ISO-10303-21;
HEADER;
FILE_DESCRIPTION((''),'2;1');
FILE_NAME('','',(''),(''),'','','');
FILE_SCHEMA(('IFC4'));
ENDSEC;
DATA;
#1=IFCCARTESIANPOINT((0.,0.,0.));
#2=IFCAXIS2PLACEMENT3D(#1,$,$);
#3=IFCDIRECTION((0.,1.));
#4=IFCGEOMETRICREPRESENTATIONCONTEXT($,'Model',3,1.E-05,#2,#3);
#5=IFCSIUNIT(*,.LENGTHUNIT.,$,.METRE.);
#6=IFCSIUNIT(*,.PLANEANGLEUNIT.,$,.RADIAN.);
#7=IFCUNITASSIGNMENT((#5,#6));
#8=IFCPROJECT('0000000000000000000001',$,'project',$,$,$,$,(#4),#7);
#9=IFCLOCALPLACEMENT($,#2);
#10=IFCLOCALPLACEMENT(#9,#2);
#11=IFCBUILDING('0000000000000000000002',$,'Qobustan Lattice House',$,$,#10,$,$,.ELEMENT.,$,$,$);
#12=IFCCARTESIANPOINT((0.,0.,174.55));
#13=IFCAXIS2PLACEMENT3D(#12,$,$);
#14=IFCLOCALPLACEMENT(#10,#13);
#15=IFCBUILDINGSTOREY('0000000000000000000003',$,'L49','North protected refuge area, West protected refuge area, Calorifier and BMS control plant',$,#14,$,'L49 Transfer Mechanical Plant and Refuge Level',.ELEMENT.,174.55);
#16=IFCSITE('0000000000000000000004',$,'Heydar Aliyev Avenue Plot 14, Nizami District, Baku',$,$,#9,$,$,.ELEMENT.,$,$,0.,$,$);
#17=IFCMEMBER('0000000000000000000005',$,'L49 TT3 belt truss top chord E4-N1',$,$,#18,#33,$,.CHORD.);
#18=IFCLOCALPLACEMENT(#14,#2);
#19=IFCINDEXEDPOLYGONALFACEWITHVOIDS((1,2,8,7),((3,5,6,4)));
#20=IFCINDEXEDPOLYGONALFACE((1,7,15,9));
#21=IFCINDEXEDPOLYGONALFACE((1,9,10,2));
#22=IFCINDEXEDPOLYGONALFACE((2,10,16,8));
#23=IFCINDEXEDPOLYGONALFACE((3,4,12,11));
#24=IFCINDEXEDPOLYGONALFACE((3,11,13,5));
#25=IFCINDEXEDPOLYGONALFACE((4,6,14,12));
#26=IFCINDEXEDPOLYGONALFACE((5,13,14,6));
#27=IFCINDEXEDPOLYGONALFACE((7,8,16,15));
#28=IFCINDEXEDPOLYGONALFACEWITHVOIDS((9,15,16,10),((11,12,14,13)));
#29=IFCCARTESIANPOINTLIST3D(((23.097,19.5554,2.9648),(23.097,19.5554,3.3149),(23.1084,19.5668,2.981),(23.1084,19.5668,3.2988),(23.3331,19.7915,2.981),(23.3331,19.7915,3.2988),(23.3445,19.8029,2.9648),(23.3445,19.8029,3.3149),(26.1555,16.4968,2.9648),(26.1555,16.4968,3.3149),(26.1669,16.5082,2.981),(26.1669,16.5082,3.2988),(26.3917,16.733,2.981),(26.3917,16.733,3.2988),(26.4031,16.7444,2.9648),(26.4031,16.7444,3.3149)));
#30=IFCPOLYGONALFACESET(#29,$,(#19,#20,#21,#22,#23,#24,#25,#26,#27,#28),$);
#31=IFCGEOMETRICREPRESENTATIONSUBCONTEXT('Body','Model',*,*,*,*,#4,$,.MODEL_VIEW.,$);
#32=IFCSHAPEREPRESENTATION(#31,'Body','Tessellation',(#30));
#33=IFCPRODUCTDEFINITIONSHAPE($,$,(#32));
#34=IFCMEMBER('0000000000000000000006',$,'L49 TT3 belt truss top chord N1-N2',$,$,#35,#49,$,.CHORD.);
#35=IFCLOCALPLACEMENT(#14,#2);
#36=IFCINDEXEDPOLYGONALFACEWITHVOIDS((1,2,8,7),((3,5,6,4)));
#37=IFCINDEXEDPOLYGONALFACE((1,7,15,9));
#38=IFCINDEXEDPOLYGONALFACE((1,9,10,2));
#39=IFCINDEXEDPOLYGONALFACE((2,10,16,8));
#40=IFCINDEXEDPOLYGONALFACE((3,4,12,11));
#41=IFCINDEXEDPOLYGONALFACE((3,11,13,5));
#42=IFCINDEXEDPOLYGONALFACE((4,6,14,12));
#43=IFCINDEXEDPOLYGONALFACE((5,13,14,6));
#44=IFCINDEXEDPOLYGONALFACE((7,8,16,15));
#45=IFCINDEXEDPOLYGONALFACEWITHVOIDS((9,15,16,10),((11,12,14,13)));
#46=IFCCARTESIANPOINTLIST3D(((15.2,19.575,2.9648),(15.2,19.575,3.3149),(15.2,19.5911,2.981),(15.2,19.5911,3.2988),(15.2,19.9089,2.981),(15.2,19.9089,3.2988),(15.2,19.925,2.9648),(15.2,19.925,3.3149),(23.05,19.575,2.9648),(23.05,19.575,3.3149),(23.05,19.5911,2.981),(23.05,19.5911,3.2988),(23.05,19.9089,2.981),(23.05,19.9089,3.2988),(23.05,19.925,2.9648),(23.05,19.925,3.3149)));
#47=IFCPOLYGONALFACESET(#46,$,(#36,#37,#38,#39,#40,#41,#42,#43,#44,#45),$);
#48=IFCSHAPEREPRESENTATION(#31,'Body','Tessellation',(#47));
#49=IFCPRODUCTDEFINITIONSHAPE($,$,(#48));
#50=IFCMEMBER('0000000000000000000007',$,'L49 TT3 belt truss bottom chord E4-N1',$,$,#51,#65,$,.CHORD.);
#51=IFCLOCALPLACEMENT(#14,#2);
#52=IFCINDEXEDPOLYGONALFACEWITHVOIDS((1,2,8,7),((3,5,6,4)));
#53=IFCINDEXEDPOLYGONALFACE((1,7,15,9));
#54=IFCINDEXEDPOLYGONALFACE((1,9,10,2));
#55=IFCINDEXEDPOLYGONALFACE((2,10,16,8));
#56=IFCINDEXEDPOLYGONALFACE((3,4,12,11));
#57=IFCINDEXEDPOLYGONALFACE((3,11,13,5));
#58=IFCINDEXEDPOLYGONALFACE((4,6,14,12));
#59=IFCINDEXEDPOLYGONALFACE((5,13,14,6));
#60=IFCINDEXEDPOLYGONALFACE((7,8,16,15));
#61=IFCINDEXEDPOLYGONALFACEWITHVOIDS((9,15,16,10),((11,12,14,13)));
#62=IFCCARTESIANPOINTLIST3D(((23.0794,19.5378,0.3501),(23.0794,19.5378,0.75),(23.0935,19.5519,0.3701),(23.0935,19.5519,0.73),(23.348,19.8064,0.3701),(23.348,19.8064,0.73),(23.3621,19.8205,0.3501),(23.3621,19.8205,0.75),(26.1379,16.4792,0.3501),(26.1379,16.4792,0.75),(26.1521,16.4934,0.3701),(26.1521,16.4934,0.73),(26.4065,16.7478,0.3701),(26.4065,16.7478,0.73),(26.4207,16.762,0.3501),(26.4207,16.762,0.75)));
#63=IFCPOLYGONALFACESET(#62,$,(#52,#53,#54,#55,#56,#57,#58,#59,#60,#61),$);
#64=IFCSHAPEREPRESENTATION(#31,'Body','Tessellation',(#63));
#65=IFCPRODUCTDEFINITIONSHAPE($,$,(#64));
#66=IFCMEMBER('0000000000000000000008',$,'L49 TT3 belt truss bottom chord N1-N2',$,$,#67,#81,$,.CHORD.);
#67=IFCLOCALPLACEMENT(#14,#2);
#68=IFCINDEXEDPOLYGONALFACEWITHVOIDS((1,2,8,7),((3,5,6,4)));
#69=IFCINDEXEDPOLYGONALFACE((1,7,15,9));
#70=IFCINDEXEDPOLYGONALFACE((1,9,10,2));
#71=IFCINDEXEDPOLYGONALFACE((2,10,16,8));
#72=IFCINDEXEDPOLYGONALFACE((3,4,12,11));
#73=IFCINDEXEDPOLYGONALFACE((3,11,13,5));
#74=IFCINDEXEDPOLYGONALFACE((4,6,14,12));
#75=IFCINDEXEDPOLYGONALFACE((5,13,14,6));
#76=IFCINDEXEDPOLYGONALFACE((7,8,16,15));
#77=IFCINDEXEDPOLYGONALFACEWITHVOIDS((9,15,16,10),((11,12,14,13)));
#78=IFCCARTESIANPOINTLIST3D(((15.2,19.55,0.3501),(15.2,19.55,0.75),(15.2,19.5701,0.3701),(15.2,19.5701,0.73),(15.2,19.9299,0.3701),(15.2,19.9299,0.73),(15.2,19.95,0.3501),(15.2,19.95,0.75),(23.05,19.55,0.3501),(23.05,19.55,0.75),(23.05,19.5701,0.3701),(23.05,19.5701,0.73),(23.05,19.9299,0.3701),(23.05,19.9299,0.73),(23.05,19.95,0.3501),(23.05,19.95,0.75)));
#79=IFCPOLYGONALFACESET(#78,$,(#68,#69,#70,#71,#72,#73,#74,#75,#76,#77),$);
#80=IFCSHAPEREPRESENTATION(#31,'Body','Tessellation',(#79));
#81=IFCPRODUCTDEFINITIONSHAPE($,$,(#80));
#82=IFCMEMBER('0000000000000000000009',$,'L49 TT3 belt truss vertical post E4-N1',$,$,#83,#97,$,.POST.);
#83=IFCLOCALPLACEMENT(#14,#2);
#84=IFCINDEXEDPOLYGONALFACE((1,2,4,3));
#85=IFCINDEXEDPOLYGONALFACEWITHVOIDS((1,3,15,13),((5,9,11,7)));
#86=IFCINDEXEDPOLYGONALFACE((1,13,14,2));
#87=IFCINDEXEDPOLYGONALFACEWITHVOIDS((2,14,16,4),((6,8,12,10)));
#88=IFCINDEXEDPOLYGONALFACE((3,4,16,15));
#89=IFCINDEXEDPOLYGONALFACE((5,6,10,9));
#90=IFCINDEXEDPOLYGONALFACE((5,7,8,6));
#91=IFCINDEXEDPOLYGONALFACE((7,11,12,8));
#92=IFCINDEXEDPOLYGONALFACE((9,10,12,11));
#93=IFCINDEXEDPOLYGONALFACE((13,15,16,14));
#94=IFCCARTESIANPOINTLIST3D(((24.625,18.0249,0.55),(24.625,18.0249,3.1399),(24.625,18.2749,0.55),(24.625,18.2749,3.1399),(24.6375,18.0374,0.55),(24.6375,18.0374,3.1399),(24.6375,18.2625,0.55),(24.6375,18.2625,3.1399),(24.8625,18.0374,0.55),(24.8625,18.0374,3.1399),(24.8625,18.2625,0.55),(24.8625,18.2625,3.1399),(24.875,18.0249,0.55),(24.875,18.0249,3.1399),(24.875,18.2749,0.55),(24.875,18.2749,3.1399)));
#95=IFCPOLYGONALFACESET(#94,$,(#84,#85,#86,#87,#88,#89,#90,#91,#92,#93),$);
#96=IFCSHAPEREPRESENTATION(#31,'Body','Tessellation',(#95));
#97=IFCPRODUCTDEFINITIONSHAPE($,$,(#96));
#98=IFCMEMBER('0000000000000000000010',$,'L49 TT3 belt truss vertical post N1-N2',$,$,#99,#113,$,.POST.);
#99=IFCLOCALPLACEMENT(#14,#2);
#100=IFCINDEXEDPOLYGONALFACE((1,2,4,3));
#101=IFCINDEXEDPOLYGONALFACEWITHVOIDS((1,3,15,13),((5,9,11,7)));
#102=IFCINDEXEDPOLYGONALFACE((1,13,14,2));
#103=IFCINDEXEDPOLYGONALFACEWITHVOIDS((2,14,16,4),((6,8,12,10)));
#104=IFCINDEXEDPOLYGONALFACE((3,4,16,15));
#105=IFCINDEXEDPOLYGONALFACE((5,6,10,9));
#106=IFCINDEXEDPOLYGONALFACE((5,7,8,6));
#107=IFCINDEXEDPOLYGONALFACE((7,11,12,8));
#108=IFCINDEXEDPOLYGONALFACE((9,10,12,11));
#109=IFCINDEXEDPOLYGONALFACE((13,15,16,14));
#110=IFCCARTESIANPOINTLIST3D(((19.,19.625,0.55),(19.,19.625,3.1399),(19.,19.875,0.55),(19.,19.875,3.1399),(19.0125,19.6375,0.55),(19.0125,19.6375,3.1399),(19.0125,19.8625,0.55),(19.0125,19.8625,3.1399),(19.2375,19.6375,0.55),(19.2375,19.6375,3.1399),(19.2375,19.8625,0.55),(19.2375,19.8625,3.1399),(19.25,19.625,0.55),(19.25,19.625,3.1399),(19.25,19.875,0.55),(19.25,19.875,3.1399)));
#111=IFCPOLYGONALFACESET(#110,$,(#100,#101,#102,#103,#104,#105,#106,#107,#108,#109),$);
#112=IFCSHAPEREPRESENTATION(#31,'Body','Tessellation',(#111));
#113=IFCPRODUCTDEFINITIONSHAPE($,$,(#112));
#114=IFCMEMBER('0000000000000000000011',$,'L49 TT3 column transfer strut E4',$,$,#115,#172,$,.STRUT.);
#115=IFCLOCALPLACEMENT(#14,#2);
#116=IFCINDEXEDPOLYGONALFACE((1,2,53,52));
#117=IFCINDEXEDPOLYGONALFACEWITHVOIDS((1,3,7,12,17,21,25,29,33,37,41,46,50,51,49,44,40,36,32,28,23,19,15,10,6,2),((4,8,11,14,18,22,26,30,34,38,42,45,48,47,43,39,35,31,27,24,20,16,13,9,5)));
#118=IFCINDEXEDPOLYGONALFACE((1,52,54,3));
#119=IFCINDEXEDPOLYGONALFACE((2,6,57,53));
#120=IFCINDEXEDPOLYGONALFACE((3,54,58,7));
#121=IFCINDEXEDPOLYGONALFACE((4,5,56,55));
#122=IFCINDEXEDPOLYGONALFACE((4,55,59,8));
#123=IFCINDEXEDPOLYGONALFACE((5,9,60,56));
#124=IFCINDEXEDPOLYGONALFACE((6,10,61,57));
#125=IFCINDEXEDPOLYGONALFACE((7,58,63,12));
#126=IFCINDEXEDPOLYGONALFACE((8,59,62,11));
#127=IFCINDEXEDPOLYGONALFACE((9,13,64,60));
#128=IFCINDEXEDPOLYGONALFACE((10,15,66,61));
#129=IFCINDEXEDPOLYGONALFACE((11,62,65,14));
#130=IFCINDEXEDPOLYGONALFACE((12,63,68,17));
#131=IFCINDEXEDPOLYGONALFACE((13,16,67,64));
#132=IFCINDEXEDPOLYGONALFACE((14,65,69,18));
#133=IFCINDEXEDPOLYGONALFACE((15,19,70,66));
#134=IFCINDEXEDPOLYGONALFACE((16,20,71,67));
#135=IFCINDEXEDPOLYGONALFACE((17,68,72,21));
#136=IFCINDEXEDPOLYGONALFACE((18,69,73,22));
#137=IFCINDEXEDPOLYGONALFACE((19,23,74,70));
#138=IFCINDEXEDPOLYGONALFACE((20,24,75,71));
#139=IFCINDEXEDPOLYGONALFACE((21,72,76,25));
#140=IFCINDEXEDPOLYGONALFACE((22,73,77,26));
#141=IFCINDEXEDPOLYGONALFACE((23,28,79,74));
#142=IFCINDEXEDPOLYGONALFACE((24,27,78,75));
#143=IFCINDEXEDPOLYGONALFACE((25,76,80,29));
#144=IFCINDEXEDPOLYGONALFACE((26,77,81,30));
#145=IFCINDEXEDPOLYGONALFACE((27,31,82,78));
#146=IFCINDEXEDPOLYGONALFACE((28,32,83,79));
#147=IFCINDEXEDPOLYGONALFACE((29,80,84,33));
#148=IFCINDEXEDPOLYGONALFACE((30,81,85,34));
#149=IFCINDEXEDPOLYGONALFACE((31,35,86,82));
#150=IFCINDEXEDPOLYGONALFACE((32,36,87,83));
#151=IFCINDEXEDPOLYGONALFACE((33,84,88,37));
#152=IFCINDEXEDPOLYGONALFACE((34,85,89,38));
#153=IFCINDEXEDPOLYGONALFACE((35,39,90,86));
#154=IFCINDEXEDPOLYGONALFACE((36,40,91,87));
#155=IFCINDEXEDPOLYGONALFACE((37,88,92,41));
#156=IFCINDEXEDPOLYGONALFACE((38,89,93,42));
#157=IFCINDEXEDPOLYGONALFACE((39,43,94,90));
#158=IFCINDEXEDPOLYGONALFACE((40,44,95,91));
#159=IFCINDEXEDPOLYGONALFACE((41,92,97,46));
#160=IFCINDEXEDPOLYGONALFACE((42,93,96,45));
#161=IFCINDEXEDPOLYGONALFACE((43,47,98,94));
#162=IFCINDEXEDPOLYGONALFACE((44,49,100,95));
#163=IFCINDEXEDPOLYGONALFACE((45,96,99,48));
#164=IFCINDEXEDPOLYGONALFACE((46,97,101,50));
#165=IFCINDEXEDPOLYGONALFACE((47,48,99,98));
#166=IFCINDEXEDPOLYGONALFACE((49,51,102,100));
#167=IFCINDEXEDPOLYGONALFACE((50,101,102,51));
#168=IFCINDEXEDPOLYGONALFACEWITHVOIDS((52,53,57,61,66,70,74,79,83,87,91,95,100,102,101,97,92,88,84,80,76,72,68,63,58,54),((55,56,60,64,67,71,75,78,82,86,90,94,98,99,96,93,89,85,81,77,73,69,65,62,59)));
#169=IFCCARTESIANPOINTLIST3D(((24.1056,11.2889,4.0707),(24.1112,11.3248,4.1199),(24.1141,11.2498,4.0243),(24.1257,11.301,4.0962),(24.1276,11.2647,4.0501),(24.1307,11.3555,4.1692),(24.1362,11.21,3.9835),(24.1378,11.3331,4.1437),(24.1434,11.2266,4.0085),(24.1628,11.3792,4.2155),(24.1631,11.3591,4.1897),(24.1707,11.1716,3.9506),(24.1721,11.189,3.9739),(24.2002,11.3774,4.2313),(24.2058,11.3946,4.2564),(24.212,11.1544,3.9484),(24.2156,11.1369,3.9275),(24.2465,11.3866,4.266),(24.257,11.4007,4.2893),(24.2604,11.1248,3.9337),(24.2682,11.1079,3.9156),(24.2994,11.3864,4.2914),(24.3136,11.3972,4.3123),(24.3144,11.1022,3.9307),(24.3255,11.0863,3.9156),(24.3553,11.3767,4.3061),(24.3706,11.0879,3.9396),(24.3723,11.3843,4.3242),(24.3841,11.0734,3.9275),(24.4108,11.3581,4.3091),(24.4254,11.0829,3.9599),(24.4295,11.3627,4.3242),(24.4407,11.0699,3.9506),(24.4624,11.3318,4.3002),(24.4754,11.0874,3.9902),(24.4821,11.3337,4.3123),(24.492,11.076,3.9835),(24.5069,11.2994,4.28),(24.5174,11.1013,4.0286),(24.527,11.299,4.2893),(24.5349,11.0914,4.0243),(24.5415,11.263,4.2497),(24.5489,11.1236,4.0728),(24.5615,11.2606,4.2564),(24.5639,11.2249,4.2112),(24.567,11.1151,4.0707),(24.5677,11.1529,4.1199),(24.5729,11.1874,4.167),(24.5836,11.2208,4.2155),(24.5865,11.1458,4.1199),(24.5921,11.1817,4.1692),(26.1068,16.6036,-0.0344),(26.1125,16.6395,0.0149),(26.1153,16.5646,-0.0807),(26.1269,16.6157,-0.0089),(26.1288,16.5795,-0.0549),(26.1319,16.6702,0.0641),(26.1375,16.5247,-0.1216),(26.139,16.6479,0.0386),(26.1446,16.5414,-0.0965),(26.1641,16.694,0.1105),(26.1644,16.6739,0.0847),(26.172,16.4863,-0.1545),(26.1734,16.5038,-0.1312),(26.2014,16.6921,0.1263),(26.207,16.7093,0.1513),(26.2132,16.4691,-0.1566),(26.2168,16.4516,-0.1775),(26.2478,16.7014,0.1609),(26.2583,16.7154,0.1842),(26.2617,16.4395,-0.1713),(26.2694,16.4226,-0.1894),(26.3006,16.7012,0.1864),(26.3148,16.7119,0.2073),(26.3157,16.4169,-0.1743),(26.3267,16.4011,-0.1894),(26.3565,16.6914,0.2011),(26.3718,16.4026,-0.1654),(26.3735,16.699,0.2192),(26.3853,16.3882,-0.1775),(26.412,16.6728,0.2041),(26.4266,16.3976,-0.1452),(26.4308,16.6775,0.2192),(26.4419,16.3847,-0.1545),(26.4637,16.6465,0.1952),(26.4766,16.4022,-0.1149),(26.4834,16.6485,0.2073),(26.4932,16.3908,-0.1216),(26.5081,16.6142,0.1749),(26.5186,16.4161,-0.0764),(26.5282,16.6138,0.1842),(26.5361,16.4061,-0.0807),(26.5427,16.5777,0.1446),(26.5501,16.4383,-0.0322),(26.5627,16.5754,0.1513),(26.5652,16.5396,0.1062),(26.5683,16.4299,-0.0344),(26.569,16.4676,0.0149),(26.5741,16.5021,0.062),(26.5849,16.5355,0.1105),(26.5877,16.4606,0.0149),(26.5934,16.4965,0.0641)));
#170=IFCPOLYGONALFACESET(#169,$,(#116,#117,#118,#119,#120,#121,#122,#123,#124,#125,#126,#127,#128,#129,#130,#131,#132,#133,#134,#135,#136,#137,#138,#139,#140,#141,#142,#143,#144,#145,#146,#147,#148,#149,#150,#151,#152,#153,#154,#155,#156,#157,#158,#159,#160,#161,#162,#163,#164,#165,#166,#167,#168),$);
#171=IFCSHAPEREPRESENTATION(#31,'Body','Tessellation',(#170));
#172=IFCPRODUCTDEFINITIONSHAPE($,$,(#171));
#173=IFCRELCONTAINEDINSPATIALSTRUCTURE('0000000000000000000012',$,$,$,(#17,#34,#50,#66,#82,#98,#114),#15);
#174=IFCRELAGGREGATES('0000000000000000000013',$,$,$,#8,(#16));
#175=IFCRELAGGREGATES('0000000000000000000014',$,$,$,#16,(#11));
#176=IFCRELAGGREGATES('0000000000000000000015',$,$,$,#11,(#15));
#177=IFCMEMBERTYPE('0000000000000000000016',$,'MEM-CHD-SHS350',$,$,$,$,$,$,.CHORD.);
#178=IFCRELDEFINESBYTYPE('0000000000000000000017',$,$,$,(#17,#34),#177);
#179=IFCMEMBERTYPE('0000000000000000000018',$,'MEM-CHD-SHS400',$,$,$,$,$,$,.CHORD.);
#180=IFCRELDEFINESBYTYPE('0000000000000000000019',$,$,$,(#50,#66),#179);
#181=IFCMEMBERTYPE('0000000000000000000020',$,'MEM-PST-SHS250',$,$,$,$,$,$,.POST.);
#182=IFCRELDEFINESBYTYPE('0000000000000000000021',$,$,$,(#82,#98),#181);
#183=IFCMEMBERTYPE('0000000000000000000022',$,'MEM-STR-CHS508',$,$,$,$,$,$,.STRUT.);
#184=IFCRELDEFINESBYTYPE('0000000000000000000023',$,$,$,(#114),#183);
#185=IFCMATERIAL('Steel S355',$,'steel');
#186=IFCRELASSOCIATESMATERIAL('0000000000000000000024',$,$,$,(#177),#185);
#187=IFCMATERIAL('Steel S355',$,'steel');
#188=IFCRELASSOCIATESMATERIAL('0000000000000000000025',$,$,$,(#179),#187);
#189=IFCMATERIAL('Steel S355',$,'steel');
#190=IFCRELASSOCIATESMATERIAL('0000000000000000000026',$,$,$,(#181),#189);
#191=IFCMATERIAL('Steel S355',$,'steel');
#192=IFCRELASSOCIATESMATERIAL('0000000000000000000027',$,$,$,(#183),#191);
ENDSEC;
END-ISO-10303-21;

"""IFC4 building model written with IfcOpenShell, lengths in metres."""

from ifc_helpers import new_model, si_unit, direction, frame, origin, origin_2d, place, context, subcontext, project, spatial, hollow_rectangle, hollow_circle, extrude, material, material_profile, profile_set, type_object, element, save


model = new_model("IFC4")

# Units and contexts
model_context = context("Model", 3, precision=1e-05, world=origin(), true_north=direction((0.0, 1.0)))
body_context = subcontext(model_context, "Body", "Model", "MODEL_VIEW")
ifc_project = project(units=[si_unit("LENGTHUNIT", "METRE"), si_unit("PLANEANGLEUNIT", "RADIAN")], contexts=[model_context])

# Site, building, storey
site_placement = place(None, origin())
site = spatial("IfcSite", under=ifc_project, at=site_placement, Name="Heydar Aliyev Avenue Plot 14, Nizami District, Baku", CompositionType="ELEMENT", RefElevation=0.0)
building_placement = place(site_placement, origin())
building = spatial("IfcBuilding", under=site, at=building_placement, Name="Qobustan Lattice House", CompositionType="ELEMENT")
storey_placement = place(building_placement, frame((0.0, 0.0, 174.55)))
storey = spatial("IfcBuildingStorey", under=building, at=storey_placement, Name="L49", Description="North protected refuge area, West protected refuge area, Calorifier and BMS control plant", LongName="L49 Transfer Mechanical Plant and Refuge Level", CompositionType="ELEMENT", Elevation=174.55)

# Members
ifc_material_1 = material(Name="Steel S355", Category="steel")
ifc_material_profile_1 = material_profile(ifc_material_1, hollow_rectangle(XDim=0.3501, YDim=0.3501, WallThickness=0.0161, at=origin_2d()), Name="SHS350x350x16")
ifc_profile_set_1 = profile_set([ifc_material_profile_1], Name="Steel S355")
member_type_1 = type_object("IfcMemberType", Name="MEM-CHD-SHS350", PredefinedType="CHORD", material=ifc_profile_set_1)
member_1_placement = place(storey_placement, frame((26.2793, 16.6206, 3.1399), z_axis=(-0.707107, 0.707107, 0.0), x_axis=(-0.707107, -0.707107, 0.0)))
element("IfcMember", 1, at=member_1_placement, inside=storey, type_object=member_type_1, Name="L49 TT3 belt truss top chord E4-N1", PredefinedType="CHORD", context=body_context, shape_type="SweptSolid", body=[
    extrude(hollow_rectangle(XDim=0.3501, YDim=0.3501, WallThickness=0.0161, at=origin_2d()), origin(), (0.0, 0.0, 1.0), 4.3254),
])
member_2_placement = place(storey_placement, frame((23.05, 19.75, 3.1399), z_axis=(-1.0, 0.0, 0.0), x_axis=(0.0, -1.0, 0.0)))
element("IfcMember", 2, at=member_2_placement, inside=storey, type_object=member_type_1, Name="L49 TT3 belt truss top chord N1-N2", PredefinedType="CHORD", context=body_context, shape_type="SweptSolid", body=[
    extrude(hollow_rectangle(XDim=0.3501, YDim=0.3501, WallThickness=0.0161, at=origin_2d()), origin(), (0.0, 0.0, 1.0), 7.8501),
])
ifc_material_2 = material(Name="Steel S355", Category="steel")
ifc_material_profile_2 = material_profile(ifc_material_2, hollow_rectangle(XDim=0.3999, YDim=0.3999, WallThickness=0.02, at=origin_2d()), Name="SHS400x400x20")
ifc_profile_set_2 = profile_set([ifc_material_profile_2], Name="Steel S355")
member_type_2 = type_object("IfcMemberType", Name="MEM-CHD-SHS400", PredefinedType="CHORD", material=ifc_profile_set_2)
member_3_placement = place(storey_placement, frame((26.2793, 16.6206, 0.55), z_axis=(-0.707107, 0.707107, 0.0), x_axis=(-0.707107, -0.707107, 0.0)))
element("IfcMember", 3, at=member_3_placement, inside=storey, type_object=member_type_2, Name="L49 TT3 belt truss bottom chord E4-N1", PredefinedType="CHORD", context=body_context, shape_type="SweptSolid", body=[
    extrude(hollow_rectangle(XDim=0.3999, YDim=0.3999, WallThickness=0.02, at=origin_2d()), origin(), (0.0, 0.0, 1.0), 4.3254),
])
member_4_placement = place(storey_placement, frame((23.05, 19.75, 0.55), z_axis=(-1.0, 0.0, 0.0), x_axis=(0.0, -1.0, 0.0)))
element("IfcMember", 4, at=member_4_placement, inside=storey, type_object=member_type_2, Name="L49 TT3 belt truss bottom chord N1-N2", PredefinedType="CHORD", context=body_context, shape_type="SweptSolid", body=[
    extrude(hollow_rectangle(XDim=0.3999, YDim=0.3999, WallThickness=0.02, at=origin_2d()), origin(), (0.0, 0.0, 1.0), 7.8501),
])
ifc_material_3 = material(Name="Steel S355", Category="steel")
ifc_material_profile_3 = material_profile(ifc_material_3, hollow_rectangle(XDim=0.25, YDim=0.25, WallThickness=0.0125, at=origin_2d()), Name="SHS250x250x12.5")
ifc_profile_set_3 = profile_set([ifc_material_profile_3], Name="Steel S355")
member_type_3 = type_object("IfcMemberType", Name="MEM-PST-SHS250", PredefinedType="POST", material=ifc_profile_set_3)
for number, where, z_axis, x_axis, name in (
    (5, (24.75, 18.1499, 0.55), (0.0, 0.0, 1.0), (1.0, 0.0, 0.0), "L49 TT3 belt truss vertical post E4-N1"),
    (6, (19.125, 19.75, 0.55), (0.0, 0.0, 1.0), (1.0, 0.0, 0.0), "L49 TT3 belt truss vertical post N1-N2"),
):
    element("IfcMember", number, at=place(storey_placement, frame(where, z_axis=z_axis, x_axis=x_axis)), inside=storey, type_object=member_type_3, Name=name, PredefinedType="POST", context=body_context, shape_type="SweptSolid", body=[
        extrude(hollow_rectangle(XDim=0.25, YDim=0.25, WallThickness=0.0125, at=origin_2d()), origin(), (0.0, 0.0, 1.0), 2.5898),
    ])
ifc_material_4 = material(Name="Steel S355", Category="steel")
ifc_material_profile_4 = material_profile(ifc_material_4, hollow_circle(Radius=0.2539, WallThickness=0.02, at=origin_2d()), Name="CHS508x20")
ifc_profile_set_4 = profile_set([ifc_material_profile_4], Name="Steel S355")
member_type_4 = type_object("IfcMemberType", Name="MEM-STR-CHS508", PredefinedType="STRUT", material=ifc_profile_set_4)
member_5_placement = place(storey_placement, frame((26.3501, 16.55, 0.0149), z_axis=(-0.285592, -0.758455, 0.585818), x_axis=(0.935853, -0.35239, 0.0)))
element("IfcMember", 7, at=member_5_placement, inside=storey, type_object=member_type_4, Name="L49 TT3 column transfer strut E4", PredefinedType="STRUT", context=body_context, shape_type="SweptSolid", body=[
    extrude(hollow_circle(Radius=0.2539, WallThickness=0.02, at=origin_2d()), origin(), (0.0, 0.0, 1.0), 7.0073),
])

save(model, "model.ifc")
